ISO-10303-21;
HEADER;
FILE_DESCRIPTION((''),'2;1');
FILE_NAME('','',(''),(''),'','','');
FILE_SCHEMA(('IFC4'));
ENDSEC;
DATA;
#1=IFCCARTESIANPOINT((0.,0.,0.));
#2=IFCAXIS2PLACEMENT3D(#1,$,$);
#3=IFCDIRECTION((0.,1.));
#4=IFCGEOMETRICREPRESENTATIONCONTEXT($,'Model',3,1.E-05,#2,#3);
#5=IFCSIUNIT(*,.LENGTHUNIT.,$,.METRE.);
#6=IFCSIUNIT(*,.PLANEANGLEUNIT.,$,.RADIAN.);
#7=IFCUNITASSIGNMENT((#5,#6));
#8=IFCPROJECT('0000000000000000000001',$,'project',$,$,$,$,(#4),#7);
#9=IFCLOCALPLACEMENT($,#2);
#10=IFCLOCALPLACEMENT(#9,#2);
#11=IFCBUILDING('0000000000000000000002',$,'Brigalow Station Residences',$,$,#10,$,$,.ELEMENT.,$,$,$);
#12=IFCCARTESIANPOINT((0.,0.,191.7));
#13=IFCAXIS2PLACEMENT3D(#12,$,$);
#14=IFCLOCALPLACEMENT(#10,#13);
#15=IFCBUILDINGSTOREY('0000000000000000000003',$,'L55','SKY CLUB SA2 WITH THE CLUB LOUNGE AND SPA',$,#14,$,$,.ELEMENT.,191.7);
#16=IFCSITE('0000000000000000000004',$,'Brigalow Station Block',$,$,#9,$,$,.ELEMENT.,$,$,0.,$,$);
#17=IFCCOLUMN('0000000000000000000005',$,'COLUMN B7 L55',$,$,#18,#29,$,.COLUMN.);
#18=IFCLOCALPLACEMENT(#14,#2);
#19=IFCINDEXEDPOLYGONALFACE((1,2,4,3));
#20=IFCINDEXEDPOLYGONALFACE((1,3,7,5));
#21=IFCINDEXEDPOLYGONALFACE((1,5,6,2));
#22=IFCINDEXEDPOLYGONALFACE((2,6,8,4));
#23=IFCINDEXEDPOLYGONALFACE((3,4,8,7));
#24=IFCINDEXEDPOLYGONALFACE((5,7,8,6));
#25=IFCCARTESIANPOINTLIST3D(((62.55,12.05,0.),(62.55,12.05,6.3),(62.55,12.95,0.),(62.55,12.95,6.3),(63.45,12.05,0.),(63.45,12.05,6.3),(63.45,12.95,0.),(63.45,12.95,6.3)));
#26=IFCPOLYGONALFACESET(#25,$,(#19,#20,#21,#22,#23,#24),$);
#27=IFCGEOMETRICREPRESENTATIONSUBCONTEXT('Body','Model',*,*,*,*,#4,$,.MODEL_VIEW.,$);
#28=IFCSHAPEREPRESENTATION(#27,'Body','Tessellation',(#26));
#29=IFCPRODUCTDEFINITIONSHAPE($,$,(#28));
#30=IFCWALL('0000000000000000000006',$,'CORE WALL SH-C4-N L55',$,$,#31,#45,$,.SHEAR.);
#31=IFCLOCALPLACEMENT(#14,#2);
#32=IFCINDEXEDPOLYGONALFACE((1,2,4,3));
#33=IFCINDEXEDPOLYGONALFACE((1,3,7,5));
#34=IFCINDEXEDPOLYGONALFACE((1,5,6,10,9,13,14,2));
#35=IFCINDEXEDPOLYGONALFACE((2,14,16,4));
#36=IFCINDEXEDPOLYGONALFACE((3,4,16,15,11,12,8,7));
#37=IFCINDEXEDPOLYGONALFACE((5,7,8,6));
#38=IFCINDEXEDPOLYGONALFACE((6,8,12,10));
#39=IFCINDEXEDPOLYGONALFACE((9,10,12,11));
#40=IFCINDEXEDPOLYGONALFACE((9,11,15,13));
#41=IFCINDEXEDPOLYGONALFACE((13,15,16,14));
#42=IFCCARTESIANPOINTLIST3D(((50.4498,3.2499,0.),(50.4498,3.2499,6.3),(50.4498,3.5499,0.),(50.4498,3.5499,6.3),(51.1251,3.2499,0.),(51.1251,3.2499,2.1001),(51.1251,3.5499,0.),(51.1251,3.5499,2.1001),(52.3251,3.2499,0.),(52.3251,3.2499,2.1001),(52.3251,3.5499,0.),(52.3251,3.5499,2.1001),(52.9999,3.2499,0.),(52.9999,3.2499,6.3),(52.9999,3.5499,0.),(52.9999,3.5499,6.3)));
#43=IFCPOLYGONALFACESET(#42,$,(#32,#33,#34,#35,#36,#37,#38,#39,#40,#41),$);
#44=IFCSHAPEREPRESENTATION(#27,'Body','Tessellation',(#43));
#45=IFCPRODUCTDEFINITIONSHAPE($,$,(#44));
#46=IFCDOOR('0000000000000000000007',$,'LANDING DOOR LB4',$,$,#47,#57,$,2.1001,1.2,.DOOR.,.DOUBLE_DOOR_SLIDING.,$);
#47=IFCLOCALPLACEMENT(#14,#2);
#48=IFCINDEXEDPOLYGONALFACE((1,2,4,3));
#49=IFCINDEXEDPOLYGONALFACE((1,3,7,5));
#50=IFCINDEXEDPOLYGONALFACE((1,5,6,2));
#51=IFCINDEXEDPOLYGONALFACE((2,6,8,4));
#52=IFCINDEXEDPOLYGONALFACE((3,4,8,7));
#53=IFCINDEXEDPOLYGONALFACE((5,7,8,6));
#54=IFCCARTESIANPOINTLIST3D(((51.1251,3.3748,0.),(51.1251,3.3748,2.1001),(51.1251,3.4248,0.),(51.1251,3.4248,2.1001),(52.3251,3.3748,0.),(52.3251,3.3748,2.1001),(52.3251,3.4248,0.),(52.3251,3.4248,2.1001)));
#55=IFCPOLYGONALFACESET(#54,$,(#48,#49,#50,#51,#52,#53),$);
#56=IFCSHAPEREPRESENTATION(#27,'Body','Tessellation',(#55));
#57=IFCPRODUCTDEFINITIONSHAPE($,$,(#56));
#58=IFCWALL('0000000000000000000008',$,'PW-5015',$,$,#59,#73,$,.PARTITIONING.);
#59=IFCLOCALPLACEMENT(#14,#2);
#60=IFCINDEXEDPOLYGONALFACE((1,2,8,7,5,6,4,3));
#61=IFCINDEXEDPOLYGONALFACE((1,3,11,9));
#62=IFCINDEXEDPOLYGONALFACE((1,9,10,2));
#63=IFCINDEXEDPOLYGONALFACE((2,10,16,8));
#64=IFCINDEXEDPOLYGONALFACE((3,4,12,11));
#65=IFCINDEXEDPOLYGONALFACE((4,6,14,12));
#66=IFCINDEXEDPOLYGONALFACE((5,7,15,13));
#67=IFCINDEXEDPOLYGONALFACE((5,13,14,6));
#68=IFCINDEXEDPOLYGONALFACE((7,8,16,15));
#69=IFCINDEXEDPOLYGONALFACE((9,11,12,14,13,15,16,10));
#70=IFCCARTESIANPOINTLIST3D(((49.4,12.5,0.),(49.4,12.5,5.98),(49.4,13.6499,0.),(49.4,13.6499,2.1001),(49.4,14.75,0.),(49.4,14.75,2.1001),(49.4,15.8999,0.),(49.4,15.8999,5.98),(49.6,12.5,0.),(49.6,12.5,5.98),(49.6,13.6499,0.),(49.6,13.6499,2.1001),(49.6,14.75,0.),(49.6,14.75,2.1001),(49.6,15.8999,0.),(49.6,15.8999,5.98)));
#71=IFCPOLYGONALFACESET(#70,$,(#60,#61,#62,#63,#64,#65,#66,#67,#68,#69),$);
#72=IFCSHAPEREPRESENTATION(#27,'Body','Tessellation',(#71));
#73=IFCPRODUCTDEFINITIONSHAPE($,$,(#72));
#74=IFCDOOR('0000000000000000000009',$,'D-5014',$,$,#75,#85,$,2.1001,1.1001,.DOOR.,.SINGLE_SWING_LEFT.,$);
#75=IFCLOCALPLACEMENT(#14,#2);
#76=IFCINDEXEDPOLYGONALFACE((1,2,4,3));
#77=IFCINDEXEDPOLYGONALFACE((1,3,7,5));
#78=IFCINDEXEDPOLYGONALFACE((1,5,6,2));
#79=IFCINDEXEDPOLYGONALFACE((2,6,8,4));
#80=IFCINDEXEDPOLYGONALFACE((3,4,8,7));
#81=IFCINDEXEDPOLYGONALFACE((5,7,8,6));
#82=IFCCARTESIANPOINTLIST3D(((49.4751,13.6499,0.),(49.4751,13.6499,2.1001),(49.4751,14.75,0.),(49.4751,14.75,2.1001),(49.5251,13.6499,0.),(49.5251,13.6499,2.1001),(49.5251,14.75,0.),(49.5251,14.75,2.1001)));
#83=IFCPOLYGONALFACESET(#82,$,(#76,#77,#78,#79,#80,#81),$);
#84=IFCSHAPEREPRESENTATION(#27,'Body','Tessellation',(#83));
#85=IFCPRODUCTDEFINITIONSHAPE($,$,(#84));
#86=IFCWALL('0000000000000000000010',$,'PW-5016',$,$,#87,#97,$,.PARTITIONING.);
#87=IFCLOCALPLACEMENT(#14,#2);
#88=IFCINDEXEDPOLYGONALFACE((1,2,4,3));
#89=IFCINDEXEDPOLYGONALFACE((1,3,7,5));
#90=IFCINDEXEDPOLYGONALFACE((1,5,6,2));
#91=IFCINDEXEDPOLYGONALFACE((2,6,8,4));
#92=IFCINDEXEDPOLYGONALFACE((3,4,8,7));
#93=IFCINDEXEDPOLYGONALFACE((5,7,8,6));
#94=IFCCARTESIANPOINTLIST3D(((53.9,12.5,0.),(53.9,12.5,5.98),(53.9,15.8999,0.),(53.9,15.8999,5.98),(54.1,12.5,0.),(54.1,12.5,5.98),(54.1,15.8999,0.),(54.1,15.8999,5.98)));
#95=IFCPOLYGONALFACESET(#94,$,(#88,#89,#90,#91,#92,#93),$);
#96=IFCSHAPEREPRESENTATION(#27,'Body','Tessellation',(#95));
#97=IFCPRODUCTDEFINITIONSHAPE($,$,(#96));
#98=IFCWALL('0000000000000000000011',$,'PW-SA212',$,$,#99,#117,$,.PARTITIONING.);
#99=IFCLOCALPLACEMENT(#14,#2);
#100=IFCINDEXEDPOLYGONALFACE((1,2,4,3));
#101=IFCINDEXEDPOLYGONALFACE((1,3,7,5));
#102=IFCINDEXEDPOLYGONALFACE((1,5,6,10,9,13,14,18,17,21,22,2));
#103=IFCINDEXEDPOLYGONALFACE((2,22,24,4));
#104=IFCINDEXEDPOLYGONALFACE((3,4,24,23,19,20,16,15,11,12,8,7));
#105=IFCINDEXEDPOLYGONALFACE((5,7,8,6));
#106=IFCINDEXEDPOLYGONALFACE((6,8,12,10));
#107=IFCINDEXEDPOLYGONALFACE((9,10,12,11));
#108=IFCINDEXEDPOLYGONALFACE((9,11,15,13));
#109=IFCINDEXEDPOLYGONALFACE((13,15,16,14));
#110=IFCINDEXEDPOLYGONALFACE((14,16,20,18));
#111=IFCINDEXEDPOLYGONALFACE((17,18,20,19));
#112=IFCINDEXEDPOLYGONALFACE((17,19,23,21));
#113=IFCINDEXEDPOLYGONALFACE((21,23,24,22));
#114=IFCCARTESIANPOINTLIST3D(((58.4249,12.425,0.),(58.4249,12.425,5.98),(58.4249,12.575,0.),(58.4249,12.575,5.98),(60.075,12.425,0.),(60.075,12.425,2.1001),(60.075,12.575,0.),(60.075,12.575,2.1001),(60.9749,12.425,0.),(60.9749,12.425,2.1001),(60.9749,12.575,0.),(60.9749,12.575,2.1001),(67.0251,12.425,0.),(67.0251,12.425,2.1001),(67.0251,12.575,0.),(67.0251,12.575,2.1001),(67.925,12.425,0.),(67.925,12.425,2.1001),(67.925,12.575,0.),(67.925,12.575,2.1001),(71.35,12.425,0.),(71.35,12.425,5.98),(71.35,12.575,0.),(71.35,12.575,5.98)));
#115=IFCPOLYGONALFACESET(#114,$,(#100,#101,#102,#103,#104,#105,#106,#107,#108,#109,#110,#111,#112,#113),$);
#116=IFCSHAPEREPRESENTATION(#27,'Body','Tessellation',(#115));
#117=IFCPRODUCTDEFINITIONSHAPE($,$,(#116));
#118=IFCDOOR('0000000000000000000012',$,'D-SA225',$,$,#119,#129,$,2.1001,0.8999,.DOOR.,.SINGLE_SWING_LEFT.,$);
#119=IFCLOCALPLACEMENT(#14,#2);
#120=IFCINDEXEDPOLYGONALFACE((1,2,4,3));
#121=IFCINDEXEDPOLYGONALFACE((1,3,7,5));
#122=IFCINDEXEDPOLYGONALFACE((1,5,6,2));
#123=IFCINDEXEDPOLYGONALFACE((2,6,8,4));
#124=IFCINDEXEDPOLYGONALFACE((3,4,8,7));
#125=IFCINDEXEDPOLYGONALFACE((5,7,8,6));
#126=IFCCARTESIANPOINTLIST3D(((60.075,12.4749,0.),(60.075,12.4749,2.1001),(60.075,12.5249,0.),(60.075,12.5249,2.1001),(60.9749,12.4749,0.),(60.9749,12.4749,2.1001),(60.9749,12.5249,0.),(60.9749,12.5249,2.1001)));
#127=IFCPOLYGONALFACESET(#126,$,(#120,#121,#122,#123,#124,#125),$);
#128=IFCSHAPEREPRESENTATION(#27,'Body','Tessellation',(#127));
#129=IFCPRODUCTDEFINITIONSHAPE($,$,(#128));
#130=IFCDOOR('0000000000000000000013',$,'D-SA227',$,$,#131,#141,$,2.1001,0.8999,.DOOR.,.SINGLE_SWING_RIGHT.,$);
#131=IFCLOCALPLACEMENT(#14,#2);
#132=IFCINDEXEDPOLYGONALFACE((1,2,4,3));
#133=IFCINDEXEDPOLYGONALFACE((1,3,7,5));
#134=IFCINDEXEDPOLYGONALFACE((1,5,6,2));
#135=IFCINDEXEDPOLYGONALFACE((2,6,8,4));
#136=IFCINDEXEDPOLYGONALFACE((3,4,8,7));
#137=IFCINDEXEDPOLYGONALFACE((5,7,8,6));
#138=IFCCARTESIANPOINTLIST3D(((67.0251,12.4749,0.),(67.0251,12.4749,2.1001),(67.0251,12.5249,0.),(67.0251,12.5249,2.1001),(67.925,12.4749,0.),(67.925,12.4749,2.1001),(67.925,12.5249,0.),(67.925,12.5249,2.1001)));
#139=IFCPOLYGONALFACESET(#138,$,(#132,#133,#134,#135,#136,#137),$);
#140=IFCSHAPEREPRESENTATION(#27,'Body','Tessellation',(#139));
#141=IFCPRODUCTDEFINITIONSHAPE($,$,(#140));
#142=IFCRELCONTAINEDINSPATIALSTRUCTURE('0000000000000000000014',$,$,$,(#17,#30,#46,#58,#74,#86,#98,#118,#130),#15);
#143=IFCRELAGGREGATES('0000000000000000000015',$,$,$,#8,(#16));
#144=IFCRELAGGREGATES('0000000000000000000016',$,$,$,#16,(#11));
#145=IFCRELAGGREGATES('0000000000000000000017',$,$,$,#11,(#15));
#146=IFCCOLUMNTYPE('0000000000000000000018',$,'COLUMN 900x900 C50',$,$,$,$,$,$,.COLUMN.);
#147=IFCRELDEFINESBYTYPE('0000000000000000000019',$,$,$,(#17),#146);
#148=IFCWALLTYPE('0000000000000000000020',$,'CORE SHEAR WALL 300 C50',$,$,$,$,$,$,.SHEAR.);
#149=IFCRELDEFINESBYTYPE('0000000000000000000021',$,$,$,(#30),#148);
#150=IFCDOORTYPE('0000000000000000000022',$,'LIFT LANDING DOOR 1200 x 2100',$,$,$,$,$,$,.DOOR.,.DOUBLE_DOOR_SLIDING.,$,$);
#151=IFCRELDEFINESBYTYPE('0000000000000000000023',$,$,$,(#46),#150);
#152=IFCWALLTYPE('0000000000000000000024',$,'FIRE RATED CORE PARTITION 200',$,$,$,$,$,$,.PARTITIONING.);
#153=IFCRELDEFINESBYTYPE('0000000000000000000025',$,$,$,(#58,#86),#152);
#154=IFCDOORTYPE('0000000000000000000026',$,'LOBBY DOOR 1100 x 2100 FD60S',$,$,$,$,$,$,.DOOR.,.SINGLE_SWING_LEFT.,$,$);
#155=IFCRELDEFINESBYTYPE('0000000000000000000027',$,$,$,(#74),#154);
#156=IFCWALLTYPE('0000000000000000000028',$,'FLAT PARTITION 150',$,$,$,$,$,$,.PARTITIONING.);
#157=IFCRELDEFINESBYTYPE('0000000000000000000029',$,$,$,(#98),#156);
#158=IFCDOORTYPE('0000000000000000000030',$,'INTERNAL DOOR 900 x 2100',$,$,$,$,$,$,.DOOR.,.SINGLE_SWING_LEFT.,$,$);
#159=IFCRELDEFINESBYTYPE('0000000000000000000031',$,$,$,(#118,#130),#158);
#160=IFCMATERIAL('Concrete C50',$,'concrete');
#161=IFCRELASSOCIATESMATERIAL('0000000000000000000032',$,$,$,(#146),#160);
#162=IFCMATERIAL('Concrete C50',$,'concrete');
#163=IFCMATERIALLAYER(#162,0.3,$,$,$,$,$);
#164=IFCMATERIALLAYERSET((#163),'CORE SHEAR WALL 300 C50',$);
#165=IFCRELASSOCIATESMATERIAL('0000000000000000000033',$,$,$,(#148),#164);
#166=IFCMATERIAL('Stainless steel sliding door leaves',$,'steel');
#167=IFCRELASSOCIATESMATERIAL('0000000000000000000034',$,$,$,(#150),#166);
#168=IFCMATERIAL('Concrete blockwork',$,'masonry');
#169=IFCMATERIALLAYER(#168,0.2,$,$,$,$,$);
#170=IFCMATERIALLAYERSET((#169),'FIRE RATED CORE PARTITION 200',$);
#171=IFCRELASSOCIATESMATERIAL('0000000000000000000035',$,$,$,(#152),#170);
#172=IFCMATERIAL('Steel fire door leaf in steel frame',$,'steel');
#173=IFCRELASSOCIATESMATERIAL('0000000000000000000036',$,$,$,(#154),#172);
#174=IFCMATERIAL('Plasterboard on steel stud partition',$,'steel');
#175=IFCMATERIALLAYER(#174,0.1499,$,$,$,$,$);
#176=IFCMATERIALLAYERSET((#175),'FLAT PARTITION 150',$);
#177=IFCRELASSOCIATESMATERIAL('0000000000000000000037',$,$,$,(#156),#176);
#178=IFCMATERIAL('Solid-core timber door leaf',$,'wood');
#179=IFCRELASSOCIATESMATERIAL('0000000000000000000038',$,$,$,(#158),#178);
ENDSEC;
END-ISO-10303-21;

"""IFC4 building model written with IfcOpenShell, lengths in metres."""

from ifc_helpers import new_model, si_unit, direction, frame, frame_2d, origin, origin_2d, place, context, subcontext, project, spatial, rectangle, extrude, material, layer, layer_set, material_profile, profile_set, type_object, element, fill, save


model = new_model("IFC4")

# Units and contexts
model_context = context("Model", 3, precision=1e-05, world=origin(), true_north=direction((0.0, 1.0)))
body_context = subcontext(model_context, "Body", "Model", "MODEL_VIEW")
ifc_project = project(units=[si_unit("LENGTHUNIT", "METRE"), si_unit("PLANEANGLEUNIT", "RADIAN")], contexts=[model_context])

# Site, building, storey
site_placement = place(None, origin())
site = spatial("IfcSite", under=ifc_project, at=site_placement, Name="Brigalow Station Block", CompositionType="ELEMENT", RefElevation=0.0)
building_placement = place(site_placement, origin())
building = spatial("IfcBuilding", under=site, at=building_placement, Name="Brigalow Station Residences", CompositionType="ELEMENT")
storey_placement = place(building_placement, frame((0.0, 0.0, 191.7)))
storey = spatial("IfcBuildingStorey", under=building, at=storey_placement, Name="L55", Description="SKY CLUB SA2 WITH THE CLUB LOUNGE AND SPA", CompositionType="ELEMENT", Elevation=191.7)

# Column
ifc_material_1 = material(Name="Concrete C50", Category="concrete")
ifc_material_profile = material_profile(ifc_material_1, rectangle(XDim=0.8999, YDim=0.8999, at=origin_2d()), Name="RC900x900")
ifc_profile_set = profile_set([ifc_material_profile], Name="Concrete C50")
column_type = type_object("IfcColumnType", Name="COLUMN 900x900 C50", PredefinedType="COLUMN", material=ifc_profile_set)
column_placement = place(storey_placement, frame((63.0, 12.5, 0.0), z_axis=(0.0, 0.0, 1.0), x_axis=(1.0, 0.0, 0.0)))
element("IfcColumn", 1, at=column_placement, inside=storey, type_object=column_type, Name="COLUMN B7 L55", PredefinedType="COLUMN", context=body_context, shape_type="SweptSolid", body=[
    extrude(rectangle(XDim=0.8999, YDim=0.8999, at=origin_2d()), origin(), (0.0, 0.0, 1.0), 6.3),
])

# Walls, openings, doors
ifc_material_2 = material(Name="Concrete C50", Category="concrete")
ifc_layer_1 = layer(ifc_material_2, 0.3)
ifc_layer_set_1 = layer_set([ifc_layer_1], Name="CORE SHEAR WALL 300 C50")
wall_type_1 = type_object("IfcWallType", Name="CORE SHEAR WALL 300 C50", PredefinedType="SHEAR", material=ifc_layer_set_1)
wall_1_placement = place(storey_placement, frame((50.45, 3.3999, 0.0), z_axis=(0.0, 0.0, 1.0), x_axis=(1.0, 0.0, 0.0)))
wall_1 = element("IfcWall", 2, at=wall_1_placement, inside=storey, type_object=wall_type_1, Name="CORE WALL SH-C4-N L55", PredefinedType="SHEAR", context=body_context, shape_type="SweptSolid", body=[
    extrude(rectangle(XDim=2.55, YDim=0.3, at=frame_2d((1.2749, 0.0))), origin(), (0.0, 0.0, 1.0), 6.3),
])
opening_1_placement = place(wall_1_placement, frame((0.675, 0.0, 0.0)))
opening_1 = element("IfcOpeningElement", 3, at=opening_1_placement, cuts=wall_1, PredefinedType="OPENING", context=body_context, shape_type="SweptSolid", body=[
    extrude(rectangle(XDim=1.2, YDim=2.1001, at=frame_2d((0.6001, 1.05))), frame((0.0, 0.1602, 0.0), z_axis=(0.0, -1.0, 0.0), x_axis=(1.0, 0.0, 0.0)), (0.0, 0.0, 1.0), 0.3201),
])
ifc_material_3 = material(Name="Stainless steel sliding door leaves", Category="steel")
door_type_1 = type_object("IfcDoorType", Name="LIFT LANDING DOOR 1200 x 2100", OperationType="DOUBLE_DOOR_SLIDING", PredefinedType="DOOR", material=ifc_material_3)
door_1_placement = place(opening_1_placement, origin())
door_1 = element("IfcDoor", 4, at=door_1_placement, inside=storey, type_object=door_type_1, Name="LANDING DOOR LB4", OperationType="DOUBLE_DOOR_SLIDING", OverallHeight=2.1001, OverallWidth=1.2, PredefinedType="DOOR", context=body_context, shape_type="SweptSolid", body=[
    extrude(rectangle(XDim=1.2, YDim=2.1001, at=frame_2d((0.6001, 1.05))), frame((0.0, 0.0249, 0.0), z_axis=(0.0, -1.0, 0.0), x_axis=(1.0, 0.0, 0.0)), (0.0, 0.0, 1.0), 0.05),
])
fill(opening_1, door_1)
ifc_material_4 = material(Name="Concrete blockwork", Category="masonry")
ifc_layer_2 = layer(ifc_material_4, 0.2)
ifc_layer_set_2 = layer_set([ifc_layer_2], Name="FIRE RATED CORE PARTITION 200")
wall_type_2 = type_object("IfcWallType", Name="FIRE RATED CORE PARTITION 200", PredefinedType="PARTITIONING", material=ifc_layer_set_2)
wall_2_placement = place(storey_placement, frame((49.5, 12.5, 0.0), z_axis=(0.0, 0.0, 1.0), x_axis=(0.0, 1.0, 0.0)))
wall_2 = element("IfcWall", 5, at=wall_2_placement, inside=storey, type_object=wall_type_2, Name="PW-5015", PredefinedType="PARTITIONING", context=body_context, shape_type="SweptSolid", body=[
    extrude(rectangle(XDim=3.3999, YDim=0.2, at=frame_2d((1.7, 0.0))), origin(), (0.0, 0.0, 1.0), 5.98),
])
opening_2_placement = place(wall_2_placement, frame((1.1499, 0.0, 0.0)))
opening_2 = element("IfcOpeningElement", 6, at=opening_2_placement, cuts=wall_2, PredefinedType="OPENING", context=body_context, shape_type="SweptSolid", body=[
    extrude(rectangle(XDim=1.1001, YDim=2.1001, at=frame_2d((0.55, 1.05))), frame((0.0, 0.1099, 0.0), z_axis=(0.0, -1.0, 0.0), x_axis=(1.0, 0.0, 0.0)), (0.0, 0.0, 1.0), 0.22),
])
ifc_material_5 = material(Name="Steel fire door leaf in steel frame", Category="steel")
door_type_2 = type_object("IfcDoorType", Name="LOBBY DOOR 1100 x 2100 FD60S", OperationType="SINGLE_SWING_LEFT", PredefinedType="DOOR", material=ifc_material_5)
door_2_placement = place(opening_2_placement, origin())
door_2 = element("IfcDoor", 7, at=door_2_placement, inside=storey, type_object=door_type_2, Name="D-5014", OperationType="SINGLE_SWING_LEFT", OverallHeight=2.1001, OverallWidth=1.1001, PredefinedType="DOOR", context=body_context, shape_type="SweptSolid", body=[
    extrude(rectangle(XDim=1.1001, YDim=2.1001, at=frame_2d((0.55, 1.05))), frame((0.0, 0.0249, 0.0), z_axis=(0.0, -1.0, 0.0), x_axis=(1.0, 0.0, 0.0)), (0.0, 0.0, 1.0), 0.05),
])
fill(opening_2, door_2)

# Wall
wall_3_placement = place(storey_placement, frame((54.0, 12.5, 0.0), z_axis=(0.0, 0.0, 1.0), x_axis=(0.0, 1.0, 0.0)))
element("IfcWall", 8, at=wall_3_placement, inside=storey, type_object=wall_type_2, Name="PW-5016", PredefinedType="PARTITIONING", context=body_context, shape_type="SweptSolid", body=[
    extrude(rectangle(XDim=3.3999, YDim=0.2, at=frame_2d((1.7, 0.0))), origin(), (0.0, 0.0, 1.0), 5.98),
])

# Wall, openings, doors
ifc_material_6 = material(Name="Plasterboard on steel stud partition", Category="steel")
ifc_layer_3 = layer(ifc_material_6, 0.1499)
ifc_layer_set_3 = layer_set([ifc_layer_3], Name="FLAT PARTITION 150")
wall_type_3 = type_object("IfcWallType", Name="FLAT PARTITION 150", PredefinedType="PARTITIONING", material=ifc_layer_set_3)
wall_4_placement = place(storey_placement, frame((58.425, 12.5, 0.0), z_axis=(0.0, 0.0, 1.0), x_axis=(1.0, 0.0, 0.0)))
wall_4 = element("IfcWall", 9, at=wall_4_placement, inside=storey, type_object=wall_type_3, Name="PW-SA212", PredefinedType="PARTITIONING", context=body_context, shape_type="SweptSolid", body=[
    extrude(rectangle(XDim=12.925, YDim=0.1499, at=frame_2d((6.4624, 0.0))), origin(), (0.0, 0.0, 1.0), 5.98),
])
opening_3_placement = place(wall_4_placement, frame((1.6499, 0.0, 0.0)))
opening_3 = element("IfcOpeningElement", 10, at=opening_3_placement, cuts=wall_4, PredefinedType="OPENING", context=body_context, shape_type="SweptSolid", body=[
    extrude(rectangle(XDim=0.8999, YDim=2.1001, at=frame_2d((0.45, 1.05))), frame((0.0, 0.085, 0.0), z_axis=(0.0, -1.0, 0.0), x_axis=(1.0, 0.0, 0.0)), (0.0, 0.0, 1.0), 0.1699),
])
opening_4_placement = place(wall_4_placement, frame((8.6001, 0.0, 0.0)))
opening_4 = element("IfcOpeningElement", 11, at=opening_4_placement, cuts=wall_4, PredefinedType="OPENING", context=body_context, shape_type="SweptSolid", body=[
    extrude(rectangle(XDim=0.8999, YDim=2.1001, at=frame_2d((0.45, 1.05))), frame((0.0, 0.085, 0.0), z_axis=(0.0, -1.0, 0.0), x_axis=(1.0, 0.0, 0.0)), (0.0, 0.0, 1.0), 0.1699),
])
ifc_material_7 = material(Name="Solid-core timber door leaf", Category="wood")
door_type_3 = type_object("IfcDoorType", Name="INTERNAL DOOR 900 x 2100", OperationType="SINGLE_SWING_LEFT", PredefinedType="DOOR", material=ifc_material_7)
door_3_placement = place(opening_3_placement, origin())
door_3 = element("IfcDoor", 12, at=door_3_placement, inside=storey, type_object=door_type_3, Name="D-SA225", OperationType="SINGLE_SWING_LEFT", OverallHeight=2.1001, OverallWidth=0.8999, PredefinedType="DOOR", context=body_context, shape_type="SweptSolid", body=[
    extrude(rectangle(XDim=0.8999, YDim=2.1001, at=frame_2d((0.45, 1.05))), frame((0.0, 0.0249, 0.0), z_axis=(0.0, -1.0, 0.0), x_axis=(1.0, 0.0, 0.0)), (0.0, 0.0, 1.0), 0.05),
])
fill(opening_3, door_3)
door_4_placement = place(opening_4_placement, origin())
door_4 = element("IfcDoor", 13, at=door_4_placement, inside=storey, type_object=door_type_3, Name="D-SA227", OperationType="SINGLE_SWING_RIGHT", OverallHeight=2.1001, OverallWidth=0.8999, PredefinedType="DOOR", context=body_context, shape_type="SweptSolid", body=[
    extrude(rectangle(XDim=0.8999, YDim=2.1001, at=frame_2d((0.45, 1.05))), frame((0.0, 0.0249, 0.0), z_axis=(0.0, -1.0, 0.0), x_axis=(1.0, 0.0, 0.0)), (0.0, 0.0, 1.0), 0.05),
])
fill(opening_4, door_4)

save(model, "model.ifc")
